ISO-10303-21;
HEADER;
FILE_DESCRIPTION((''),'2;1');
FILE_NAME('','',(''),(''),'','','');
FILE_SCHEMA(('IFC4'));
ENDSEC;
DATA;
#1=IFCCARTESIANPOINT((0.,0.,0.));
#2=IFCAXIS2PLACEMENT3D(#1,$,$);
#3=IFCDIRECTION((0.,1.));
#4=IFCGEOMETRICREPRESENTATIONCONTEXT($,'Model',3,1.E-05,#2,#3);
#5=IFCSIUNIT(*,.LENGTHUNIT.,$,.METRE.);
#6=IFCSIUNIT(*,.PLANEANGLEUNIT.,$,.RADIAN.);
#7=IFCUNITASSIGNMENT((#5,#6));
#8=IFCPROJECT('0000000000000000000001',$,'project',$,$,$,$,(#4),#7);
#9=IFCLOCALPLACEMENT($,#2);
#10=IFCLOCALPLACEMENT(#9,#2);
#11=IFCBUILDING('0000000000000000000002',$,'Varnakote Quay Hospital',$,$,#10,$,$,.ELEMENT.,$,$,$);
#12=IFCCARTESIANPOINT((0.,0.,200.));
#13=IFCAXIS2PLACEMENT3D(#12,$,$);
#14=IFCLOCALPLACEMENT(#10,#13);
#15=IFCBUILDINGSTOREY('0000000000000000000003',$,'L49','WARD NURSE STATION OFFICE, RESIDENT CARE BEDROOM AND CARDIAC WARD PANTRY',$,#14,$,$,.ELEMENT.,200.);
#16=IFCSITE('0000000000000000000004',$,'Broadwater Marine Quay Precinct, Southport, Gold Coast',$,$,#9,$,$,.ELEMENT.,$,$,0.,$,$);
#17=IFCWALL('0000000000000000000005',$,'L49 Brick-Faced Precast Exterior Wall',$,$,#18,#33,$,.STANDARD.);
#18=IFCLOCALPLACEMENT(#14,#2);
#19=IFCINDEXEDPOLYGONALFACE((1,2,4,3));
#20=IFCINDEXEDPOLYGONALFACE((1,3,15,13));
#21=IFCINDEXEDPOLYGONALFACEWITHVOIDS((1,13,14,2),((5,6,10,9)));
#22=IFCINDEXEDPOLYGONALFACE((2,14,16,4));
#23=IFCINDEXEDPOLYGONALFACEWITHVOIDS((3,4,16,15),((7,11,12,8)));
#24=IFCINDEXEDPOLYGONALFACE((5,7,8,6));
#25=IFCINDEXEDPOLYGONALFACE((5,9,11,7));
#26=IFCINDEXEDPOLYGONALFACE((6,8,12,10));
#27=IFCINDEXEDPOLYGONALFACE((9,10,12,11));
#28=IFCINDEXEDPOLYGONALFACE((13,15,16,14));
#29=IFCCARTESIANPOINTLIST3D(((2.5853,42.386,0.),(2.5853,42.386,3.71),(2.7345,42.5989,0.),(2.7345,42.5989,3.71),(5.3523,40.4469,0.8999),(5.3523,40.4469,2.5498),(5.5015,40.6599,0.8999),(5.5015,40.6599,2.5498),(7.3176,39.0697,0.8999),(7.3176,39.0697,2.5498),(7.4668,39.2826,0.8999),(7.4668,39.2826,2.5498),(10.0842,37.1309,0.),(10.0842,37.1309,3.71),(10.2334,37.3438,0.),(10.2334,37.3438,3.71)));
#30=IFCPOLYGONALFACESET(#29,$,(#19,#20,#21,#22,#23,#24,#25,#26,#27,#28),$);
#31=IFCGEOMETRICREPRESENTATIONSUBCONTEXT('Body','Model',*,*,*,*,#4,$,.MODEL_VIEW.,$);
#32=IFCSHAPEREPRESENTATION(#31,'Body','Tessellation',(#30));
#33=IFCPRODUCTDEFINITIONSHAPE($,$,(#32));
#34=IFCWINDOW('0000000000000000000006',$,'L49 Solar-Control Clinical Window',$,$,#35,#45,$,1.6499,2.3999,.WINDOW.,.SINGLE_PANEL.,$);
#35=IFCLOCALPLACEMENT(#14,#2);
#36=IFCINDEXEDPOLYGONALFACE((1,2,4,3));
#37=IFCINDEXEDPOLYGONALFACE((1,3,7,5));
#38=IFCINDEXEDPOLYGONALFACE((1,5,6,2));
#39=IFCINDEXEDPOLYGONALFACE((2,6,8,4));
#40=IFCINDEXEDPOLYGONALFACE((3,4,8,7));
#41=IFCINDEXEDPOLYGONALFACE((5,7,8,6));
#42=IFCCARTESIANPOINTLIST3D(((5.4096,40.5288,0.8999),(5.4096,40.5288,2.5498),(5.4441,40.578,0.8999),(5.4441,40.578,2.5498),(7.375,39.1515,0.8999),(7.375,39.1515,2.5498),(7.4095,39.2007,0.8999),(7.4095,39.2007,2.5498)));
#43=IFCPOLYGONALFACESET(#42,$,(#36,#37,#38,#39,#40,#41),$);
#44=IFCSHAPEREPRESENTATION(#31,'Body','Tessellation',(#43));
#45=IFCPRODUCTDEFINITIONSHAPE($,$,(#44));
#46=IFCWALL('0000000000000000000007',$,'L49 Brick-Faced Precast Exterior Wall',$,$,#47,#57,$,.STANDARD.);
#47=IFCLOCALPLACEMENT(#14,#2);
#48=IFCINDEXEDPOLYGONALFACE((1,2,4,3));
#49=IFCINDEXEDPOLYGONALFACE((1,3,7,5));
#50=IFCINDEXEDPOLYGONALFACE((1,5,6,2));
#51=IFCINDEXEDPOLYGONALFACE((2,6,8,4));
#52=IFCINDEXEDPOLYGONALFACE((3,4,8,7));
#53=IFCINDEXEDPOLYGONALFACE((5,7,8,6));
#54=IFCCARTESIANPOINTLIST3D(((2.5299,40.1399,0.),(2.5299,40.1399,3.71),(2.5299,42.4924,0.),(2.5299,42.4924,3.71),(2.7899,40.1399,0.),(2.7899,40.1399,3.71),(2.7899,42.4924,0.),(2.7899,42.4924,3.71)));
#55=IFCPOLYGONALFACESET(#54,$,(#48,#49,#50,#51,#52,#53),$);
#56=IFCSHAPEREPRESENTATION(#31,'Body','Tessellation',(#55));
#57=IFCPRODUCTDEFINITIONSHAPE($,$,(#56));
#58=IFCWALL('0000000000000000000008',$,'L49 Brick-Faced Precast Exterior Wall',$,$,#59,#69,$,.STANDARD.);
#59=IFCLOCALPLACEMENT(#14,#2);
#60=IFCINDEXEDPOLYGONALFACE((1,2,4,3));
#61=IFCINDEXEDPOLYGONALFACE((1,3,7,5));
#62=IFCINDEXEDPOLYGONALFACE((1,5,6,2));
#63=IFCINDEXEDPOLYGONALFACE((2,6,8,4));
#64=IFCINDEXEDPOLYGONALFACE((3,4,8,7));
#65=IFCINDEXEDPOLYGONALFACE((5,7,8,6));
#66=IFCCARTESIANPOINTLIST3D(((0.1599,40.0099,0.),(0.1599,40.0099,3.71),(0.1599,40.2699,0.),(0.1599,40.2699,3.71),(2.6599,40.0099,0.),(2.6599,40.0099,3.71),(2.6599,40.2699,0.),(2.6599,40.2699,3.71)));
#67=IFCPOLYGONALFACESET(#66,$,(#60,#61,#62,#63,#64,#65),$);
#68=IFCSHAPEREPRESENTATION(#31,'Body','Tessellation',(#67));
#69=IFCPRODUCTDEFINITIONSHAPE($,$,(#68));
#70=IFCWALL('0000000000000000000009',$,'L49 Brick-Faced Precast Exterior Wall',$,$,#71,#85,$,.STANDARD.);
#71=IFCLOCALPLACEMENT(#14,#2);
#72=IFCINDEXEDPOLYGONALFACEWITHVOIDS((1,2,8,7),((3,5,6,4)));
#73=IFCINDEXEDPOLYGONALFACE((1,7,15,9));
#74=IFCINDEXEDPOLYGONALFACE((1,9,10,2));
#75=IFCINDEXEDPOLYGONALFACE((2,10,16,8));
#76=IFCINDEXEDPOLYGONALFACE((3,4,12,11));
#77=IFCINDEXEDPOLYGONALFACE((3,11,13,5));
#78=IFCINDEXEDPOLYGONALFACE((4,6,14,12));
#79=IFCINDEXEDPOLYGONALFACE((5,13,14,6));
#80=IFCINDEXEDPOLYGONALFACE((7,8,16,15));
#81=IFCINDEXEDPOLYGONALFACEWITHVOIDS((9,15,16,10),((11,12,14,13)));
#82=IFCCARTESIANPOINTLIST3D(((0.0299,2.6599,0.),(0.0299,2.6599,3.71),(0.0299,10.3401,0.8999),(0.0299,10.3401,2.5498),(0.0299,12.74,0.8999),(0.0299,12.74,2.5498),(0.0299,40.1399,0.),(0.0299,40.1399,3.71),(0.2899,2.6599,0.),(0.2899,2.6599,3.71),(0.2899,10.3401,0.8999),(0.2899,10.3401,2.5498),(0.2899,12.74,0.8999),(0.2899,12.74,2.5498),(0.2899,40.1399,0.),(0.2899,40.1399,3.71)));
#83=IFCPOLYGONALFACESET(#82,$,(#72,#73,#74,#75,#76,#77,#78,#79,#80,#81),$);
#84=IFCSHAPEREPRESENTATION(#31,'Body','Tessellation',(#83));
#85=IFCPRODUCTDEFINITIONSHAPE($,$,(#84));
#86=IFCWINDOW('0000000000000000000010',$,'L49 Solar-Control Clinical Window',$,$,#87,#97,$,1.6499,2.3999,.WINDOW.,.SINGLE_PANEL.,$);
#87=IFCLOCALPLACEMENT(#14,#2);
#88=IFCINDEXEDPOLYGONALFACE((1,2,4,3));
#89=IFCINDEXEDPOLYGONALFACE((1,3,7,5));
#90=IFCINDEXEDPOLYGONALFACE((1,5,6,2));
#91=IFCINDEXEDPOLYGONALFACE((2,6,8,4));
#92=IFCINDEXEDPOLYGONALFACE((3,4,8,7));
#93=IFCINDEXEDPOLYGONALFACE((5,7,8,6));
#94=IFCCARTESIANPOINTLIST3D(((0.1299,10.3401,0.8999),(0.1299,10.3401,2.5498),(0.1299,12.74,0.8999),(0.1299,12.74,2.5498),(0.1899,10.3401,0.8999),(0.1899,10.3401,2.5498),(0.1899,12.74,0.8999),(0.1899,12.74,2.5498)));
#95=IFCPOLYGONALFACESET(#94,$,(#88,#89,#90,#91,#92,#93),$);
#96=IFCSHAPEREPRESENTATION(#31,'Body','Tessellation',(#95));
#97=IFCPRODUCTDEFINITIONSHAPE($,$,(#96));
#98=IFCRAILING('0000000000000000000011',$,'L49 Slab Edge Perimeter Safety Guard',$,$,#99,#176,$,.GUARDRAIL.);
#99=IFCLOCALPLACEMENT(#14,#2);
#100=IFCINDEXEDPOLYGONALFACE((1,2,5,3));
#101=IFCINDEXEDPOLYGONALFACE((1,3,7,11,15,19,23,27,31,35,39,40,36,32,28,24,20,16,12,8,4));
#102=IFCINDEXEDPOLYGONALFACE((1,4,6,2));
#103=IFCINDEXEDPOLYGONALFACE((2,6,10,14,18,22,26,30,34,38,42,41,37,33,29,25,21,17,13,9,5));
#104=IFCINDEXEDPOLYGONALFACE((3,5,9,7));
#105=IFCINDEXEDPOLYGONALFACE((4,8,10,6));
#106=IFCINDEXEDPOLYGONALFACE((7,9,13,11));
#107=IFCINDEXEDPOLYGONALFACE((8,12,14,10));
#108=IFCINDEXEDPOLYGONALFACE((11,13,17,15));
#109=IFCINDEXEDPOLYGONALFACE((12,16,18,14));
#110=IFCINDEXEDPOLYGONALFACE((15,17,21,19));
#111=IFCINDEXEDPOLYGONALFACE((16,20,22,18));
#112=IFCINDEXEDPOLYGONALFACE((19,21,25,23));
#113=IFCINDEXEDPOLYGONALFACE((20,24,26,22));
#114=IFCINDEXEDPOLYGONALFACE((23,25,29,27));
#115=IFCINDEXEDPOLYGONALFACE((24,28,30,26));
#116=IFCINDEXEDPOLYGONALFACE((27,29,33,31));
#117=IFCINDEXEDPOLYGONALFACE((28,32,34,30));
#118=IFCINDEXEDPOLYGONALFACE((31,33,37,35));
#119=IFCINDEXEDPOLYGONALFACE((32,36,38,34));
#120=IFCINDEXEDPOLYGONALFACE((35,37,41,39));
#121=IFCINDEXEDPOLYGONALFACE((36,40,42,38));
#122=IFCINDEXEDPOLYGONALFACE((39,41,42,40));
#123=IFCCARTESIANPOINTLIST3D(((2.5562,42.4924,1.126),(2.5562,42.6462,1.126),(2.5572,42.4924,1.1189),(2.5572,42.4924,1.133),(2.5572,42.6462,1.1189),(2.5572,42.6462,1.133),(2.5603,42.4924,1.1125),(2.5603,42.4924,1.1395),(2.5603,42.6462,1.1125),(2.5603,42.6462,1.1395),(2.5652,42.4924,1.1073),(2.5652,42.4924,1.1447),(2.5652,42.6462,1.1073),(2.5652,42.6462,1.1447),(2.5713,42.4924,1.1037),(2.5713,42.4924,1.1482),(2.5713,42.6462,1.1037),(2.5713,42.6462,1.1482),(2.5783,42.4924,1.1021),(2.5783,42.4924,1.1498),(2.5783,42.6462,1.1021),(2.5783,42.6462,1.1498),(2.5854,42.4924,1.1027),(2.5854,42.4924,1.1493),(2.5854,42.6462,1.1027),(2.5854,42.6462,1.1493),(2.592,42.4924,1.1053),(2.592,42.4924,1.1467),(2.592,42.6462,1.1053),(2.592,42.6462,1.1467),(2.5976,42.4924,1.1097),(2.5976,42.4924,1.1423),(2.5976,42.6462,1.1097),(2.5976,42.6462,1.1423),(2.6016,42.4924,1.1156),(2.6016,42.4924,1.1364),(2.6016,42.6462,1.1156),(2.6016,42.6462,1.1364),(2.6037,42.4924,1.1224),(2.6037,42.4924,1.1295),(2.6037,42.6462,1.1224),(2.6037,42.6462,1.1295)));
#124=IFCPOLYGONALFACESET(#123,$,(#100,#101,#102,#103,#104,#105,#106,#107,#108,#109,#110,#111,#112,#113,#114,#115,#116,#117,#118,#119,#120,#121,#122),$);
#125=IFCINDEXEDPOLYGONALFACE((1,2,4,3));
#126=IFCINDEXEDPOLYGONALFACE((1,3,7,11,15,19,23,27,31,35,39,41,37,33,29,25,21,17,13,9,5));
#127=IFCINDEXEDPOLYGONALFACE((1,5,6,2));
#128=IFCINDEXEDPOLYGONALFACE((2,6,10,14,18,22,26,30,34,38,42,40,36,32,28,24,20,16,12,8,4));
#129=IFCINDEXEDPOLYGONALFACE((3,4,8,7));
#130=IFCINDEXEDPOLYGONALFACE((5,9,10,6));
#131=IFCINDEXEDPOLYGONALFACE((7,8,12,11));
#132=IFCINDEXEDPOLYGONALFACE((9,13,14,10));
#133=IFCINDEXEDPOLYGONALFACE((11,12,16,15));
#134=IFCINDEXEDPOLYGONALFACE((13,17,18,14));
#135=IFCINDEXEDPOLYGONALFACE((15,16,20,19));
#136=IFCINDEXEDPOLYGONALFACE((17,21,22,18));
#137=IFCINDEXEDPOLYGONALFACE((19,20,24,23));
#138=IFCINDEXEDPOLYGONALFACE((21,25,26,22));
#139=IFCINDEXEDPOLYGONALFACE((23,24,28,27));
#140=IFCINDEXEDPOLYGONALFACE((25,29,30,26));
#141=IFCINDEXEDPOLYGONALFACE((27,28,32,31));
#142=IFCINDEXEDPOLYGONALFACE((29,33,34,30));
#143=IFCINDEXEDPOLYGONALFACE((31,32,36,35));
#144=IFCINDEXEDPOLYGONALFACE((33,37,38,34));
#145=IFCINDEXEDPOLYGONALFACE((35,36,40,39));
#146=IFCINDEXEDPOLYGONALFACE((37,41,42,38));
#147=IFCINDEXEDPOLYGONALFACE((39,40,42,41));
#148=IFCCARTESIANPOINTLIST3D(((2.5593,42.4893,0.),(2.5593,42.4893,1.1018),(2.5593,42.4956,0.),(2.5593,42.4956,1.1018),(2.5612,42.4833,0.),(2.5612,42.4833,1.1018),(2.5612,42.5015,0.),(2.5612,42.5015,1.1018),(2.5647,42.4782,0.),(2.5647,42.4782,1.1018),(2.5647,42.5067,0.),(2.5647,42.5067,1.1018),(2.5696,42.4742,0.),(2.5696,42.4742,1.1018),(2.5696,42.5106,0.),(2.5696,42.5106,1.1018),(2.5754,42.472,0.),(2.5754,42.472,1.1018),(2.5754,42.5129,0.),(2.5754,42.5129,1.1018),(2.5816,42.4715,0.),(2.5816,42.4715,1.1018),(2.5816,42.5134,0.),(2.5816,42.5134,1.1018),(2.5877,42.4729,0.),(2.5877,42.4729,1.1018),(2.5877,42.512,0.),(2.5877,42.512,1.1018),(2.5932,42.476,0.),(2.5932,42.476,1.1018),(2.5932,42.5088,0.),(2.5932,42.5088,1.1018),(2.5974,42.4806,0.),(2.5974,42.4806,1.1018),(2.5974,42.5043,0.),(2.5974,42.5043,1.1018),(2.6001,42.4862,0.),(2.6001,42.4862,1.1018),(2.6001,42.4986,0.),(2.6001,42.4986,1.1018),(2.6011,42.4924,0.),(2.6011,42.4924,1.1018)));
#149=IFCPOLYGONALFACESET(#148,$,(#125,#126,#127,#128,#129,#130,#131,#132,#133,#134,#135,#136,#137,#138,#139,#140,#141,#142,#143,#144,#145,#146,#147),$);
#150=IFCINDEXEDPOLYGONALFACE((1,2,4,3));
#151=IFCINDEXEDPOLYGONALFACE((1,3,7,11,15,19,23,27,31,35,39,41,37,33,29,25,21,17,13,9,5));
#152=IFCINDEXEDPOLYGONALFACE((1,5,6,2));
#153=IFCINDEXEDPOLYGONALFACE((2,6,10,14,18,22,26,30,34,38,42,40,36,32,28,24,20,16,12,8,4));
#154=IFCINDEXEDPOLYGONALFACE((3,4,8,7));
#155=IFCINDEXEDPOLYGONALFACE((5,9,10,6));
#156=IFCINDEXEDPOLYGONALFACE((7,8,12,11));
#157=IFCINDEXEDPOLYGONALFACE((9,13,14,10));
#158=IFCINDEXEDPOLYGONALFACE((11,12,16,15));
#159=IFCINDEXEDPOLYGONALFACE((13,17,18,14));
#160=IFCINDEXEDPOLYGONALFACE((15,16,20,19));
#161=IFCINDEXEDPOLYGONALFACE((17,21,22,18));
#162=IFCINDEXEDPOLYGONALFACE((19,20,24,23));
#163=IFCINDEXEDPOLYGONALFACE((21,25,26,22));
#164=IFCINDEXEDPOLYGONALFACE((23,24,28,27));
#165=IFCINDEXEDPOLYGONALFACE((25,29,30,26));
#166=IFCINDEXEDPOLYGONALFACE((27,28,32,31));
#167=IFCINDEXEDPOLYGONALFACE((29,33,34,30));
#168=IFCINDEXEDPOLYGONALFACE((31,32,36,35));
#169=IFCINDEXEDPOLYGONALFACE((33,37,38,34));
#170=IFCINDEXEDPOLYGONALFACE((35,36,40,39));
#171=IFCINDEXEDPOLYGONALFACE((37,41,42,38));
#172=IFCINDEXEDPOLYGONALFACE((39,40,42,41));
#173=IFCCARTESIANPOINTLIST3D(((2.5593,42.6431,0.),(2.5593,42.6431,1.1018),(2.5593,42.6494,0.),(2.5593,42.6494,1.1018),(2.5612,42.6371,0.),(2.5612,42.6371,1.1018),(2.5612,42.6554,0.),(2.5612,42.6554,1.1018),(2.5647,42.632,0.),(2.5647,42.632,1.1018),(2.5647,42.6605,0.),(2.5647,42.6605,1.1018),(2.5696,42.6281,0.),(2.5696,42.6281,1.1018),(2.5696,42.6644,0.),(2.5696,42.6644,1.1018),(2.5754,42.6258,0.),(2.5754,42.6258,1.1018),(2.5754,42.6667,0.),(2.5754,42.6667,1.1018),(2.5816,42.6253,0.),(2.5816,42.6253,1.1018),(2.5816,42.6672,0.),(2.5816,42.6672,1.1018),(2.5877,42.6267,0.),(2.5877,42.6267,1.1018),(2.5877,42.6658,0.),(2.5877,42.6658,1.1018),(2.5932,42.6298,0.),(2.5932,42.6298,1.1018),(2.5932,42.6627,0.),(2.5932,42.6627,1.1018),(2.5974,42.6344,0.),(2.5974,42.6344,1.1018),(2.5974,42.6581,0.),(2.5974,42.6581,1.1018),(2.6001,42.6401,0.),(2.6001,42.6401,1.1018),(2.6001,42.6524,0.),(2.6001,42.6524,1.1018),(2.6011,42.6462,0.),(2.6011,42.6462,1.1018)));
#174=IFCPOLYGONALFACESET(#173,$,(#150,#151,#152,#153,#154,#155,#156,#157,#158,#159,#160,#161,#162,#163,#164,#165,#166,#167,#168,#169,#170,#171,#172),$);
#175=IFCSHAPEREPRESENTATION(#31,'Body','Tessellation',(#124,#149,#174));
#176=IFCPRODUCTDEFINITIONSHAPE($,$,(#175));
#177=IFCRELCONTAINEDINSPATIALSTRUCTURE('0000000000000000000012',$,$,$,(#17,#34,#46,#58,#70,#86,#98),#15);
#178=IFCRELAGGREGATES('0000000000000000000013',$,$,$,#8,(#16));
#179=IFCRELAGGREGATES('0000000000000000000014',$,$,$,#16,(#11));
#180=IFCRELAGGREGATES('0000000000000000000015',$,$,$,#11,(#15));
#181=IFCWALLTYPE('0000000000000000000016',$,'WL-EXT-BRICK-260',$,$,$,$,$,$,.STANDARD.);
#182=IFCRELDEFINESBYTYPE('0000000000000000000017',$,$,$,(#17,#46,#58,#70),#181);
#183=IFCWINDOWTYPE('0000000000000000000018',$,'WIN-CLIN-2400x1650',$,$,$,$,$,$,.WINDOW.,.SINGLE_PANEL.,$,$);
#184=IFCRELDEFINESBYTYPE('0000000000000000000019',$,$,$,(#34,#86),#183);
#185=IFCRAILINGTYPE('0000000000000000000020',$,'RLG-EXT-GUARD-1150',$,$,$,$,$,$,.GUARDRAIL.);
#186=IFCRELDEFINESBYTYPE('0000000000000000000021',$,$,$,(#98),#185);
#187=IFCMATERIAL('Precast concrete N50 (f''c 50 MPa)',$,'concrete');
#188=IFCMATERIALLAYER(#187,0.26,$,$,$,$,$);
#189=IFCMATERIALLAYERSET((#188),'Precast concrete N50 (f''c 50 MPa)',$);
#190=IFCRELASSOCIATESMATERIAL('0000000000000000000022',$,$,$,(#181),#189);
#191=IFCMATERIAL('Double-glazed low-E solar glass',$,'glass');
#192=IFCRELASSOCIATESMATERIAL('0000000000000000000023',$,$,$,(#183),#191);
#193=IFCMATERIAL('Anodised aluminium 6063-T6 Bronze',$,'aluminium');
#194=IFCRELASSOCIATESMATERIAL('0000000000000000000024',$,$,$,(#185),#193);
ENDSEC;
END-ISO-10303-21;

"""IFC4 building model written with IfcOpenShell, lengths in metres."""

from ifc_helpers import new_model, si_unit, direction, frame, frame_2d, origin, origin_2d, place, context, subcontext, project, spatial, rectangle, circle, extrude, material, layer, layer_set, type_object, element, fill, save


model = new_model("IFC4")

# Units and contexts
model_context = context("Model", 3, precision=1e-05, world=origin(), true_north=direction((0.0, 1.0)))
body_context = subcontext(model_context, "Body", "Model", "MODEL_VIEW")
ifc_project = project(units=[si_unit("LENGTHUNIT", "METRE"), si_unit("PLANEANGLEUNIT", "RADIAN")], contexts=[model_context])

# Site, building, storey
site_placement = place(None, origin())
site = spatial("IfcSite", under=ifc_project, at=site_placement, Name="Broadwater Marine Quay Precinct, Southport, Gold Coast", CompositionType="ELEMENT", RefElevation=0.0)
building_placement = place(site_placement, origin())
building = spatial("IfcBuilding", under=site, at=building_placement, Name="Varnakote Quay Hospital", CompositionType="ELEMENT")
storey_placement = place(building_placement, frame((0.0, 0.0, 200.0)))
storey = spatial("IfcBuildingStorey", under=building, at=storey_placement, Name="L49", Description="WARD NURSE STATION OFFICE, RESIDENT CARE BEDROOM AND CARDIAC WARD PANTRY", CompositionType="ELEMENT", Elevation=200.0)

# Wall, opening, window
ifc_material_1 = material(Name="Precast concrete N50 (f'c 50 MPa)", Category="concrete")
ifc_layer = layer(ifc_material_1, 0.26)
ifc_layer_set = layer_set([ifc_layer], Name="Precast concrete N50 (f'c 50 MPa)")
wall_type = type_object("IfcWallType", Name="WL-EXT-BRICK-260", PredefinedType="STANDARD", material=ifc_layer_set)
wall_1_placement = place(storey_placement, frame((10.1589, 37.2373, 0.0), z_axis=(0.0, 0.0, 1.0), x_axis=(-0.818934, 0.573888, 0.0)))
wall_1 = element("IfcWall", 1, at=wall_1_placement, inside=storey, type_object=wall_type, Name="L49 Brick-Faced Precast Exterior Wall", PredefinedType="STANDARD", context=body_context, shape_type="SweptSolid", body=[
    extrude(rectangle(XDim=9.157, YDim=0.26, at=frame_2d((4.5786, 0.0))), origin(), (0.0, 0.0, 1.0), 3.71),
])
opening_1_placement = place(wall_1_placement, frame((3.3784, 0.0, 0.8999)))
opening_1 = element("IfcOpeningElement", 2, at=opening_1_placement, cuts=wall_1, PredefinedType="OPENING", context=body_context, shape_type="SweptSolid", body=[
    extrude(rectangle(XDim=2.3999, YDim=1.6499, at=frame_2d((1.2, 0.825))), frame((0.0, 0.1399, 0.0), z_axis=(0.0, -1.0, 0.0), x_axis=(1.0, 0.0, 0.0)), (0.0, 0.0, 1.0), 0.28),
])
ifc_material_2 = material(Name="Double-glazed low-E solar glass", Category="glass")
window_type = type_object("IfcWindowType", Name="WIN-CLIN-2400x1650", PartitioningType="SINGLE_PANEL", PredefinedType="WINDOW", material=ifc_material_2)
window_1_placement = place(opening_1_placement, origin())
window_1 = element("IfcWindow", 3, at=window_1_placement, inside=storey, type_object=window_type, Name="L49 Solar-Control Clinical Window", OverallHeight=1.6499, OverallWidth=2.3999, PartitioningType="SINGLE_PANEL", PredefinedType="WINDOW", context=body_context, shape_type="SweptSolid", body=[
    extrude(rectangle(XDim=2.3999, YDim=1.6499, at=frame_2d((1.2, 0.825))), frame((0.0, 0.03, 0.0), z_axis=(0.0, -1.0, 0.0), x_axis=(1.0, 0.0, 0.0)), (0.0, 0.0, 1.0), 0.0601),
])
fill(opening_1, window_1)

# Walls
wall_2_placement = place(storey_placement, frame((2.6599, 42.4924, 0.0), z_axis=(0.0, 0.0, 1.0), x_axis=(0.0, -1.0, 0.0)))
element("IfcWall", 4, at=wall_2_placement, inside=storey, type_object=wall_type, Name="L49 Brick-Faced Precast Exterior Wall", PredefinedType="STANDARD", context=body_context, shape_type="SweptSolid", body=[
    extrude(rectangle(XDim=2.3525, YDim=0.26, at=frame_2d((1.1763, 0.0))), origin(), (0.0, 0.0, 1.0), 3.71),
])
wall_3_placement = place(storey_placement, frame((2.6599, 40.1399, 0.0), z_axis=(0.0, 0.0, 1.0), x_axis=(-1.0, 0.0, 0.0)))
element("IfcWall", 5, at=wall_3_placement, inside=storey, type_object=wall_type, Name="L49 Brick-Faced Precast Exterior Wall", PredefinedType="STANDARD", context=body_context, shape_type="SweptSolid", body=[
    extrude(rectangle(XDim=2.5, YDim=0.26, at=frame_2d((1.25, 0.0))), origin(), (0.0, 0.0, 1.0), 3.71),
])

# Wall, opening, window
wall_4_placement = place(storey_placement, frame((0.1599, 40.1399, 0.0), z_axis=(0.0, 0.0, 1.0), x_axis=(0.0, -1.0, 0.0)))
wall_4 = element("IfcWall", 6, at=wall_4_placement, inside=storey, type_object=wall_type, Name="L49 Brick-Faced Precast Exterior Wall", PredefinedType="STANDARD", context=body_context, shape_type="SweptSolid", body=[
    extrude(rectangle(XDim=37.48, YDim=0.26, at=frame_2d((18.74, 0.0))), origin(), (0.0, 0.0, 1.0), 3.71),
])
opening_2_placement = place(wall_4_placement, frame((27.3999, 0.0, 0.8999)))
opening_2 = element("IfcOpeningElement", 7, at=opening_2_placement, cuts=wall_4, PredefinedType="OPENING", context=body_context, shape_type="SweptSolid", body=[
    extrude(rectangle(XDim=2.3999, YDim=1.6499, at=frame_2d((1.2, 0.825))), frame((0.0, 0.1399, 0.0), z_axis=(0.0, -1.0, 0.0), x_axis=(1.0, 0.0, 0.0)), (0.0, 0.0, 1.0), 0.28),
])
window_2_placement = place(opening_2_placement, origin())
window_2 = element("IfcWindow", 8, at=window_2_placement, inside=storey, type_object=window_type, Name="L49 Solar-Control Clinical Window", OverallHeight=1.6499, OverallWidth=2.3999, PartitioningType="SINGLE_PANEL", PredefinedType="WINDOW", context=body_context, shape_type="SweptSolid", body=[
    extrude(rectangle(XDim=2.3999, YDim=1.6499, at=frame_2d((1.2, 0.825))), frame((0.0, 0.03, 0.0), z_axis=(0.0, -1.0, 0.0), x_axis=(1.0, 0.0, 0.0)), (0.0, 0.0, 1.0), 0.0601),
])
fill(opening_2, window_2)

# Railing
ifc_material_3 = material(Name="Anodised aluminium 6063-T6 Bronze", Category="aluminium")
railing_type = type_object("IfcRailingType", Name="RLG-EXT-GUARD-1150", PredefinedType="GUARDRAIL", material=ifc_material_3)
railing_1_placement = place(storey_placement, frame((2.5801, 42.4924, 0.0)))
element("IfcRailing", 9, at=railing_1_placement, inside=storey, type_object=railing_type, Name="L49 Slab Edge Perimeter Safety Guard", PredefinedType="GUARDRAIL", context=body_context, shape_type="SweptSolid", body=[
    extrude(circle(Radius=0.0239, at=origin_2d()), frame((0.0, 0.0, 1.126), z_axis=(0.0, 1.0, 0.0), x_axis=(-1.0, 0.0, 0.0)), (0.0, 0.0, 1.0), 0.1538),
    extrude(circle(Radius=0.021, at=origin_2d()), origin(), (0.0, 0.0, 1.0), 1.1018),
    extrude(circle(Radius=0.021, at=origin_2d()), frame((0.0, 0.1538, 0.0)), (0.0, 0.0, 1.0), 1.1018),
])

save(model, "model.ifc")
